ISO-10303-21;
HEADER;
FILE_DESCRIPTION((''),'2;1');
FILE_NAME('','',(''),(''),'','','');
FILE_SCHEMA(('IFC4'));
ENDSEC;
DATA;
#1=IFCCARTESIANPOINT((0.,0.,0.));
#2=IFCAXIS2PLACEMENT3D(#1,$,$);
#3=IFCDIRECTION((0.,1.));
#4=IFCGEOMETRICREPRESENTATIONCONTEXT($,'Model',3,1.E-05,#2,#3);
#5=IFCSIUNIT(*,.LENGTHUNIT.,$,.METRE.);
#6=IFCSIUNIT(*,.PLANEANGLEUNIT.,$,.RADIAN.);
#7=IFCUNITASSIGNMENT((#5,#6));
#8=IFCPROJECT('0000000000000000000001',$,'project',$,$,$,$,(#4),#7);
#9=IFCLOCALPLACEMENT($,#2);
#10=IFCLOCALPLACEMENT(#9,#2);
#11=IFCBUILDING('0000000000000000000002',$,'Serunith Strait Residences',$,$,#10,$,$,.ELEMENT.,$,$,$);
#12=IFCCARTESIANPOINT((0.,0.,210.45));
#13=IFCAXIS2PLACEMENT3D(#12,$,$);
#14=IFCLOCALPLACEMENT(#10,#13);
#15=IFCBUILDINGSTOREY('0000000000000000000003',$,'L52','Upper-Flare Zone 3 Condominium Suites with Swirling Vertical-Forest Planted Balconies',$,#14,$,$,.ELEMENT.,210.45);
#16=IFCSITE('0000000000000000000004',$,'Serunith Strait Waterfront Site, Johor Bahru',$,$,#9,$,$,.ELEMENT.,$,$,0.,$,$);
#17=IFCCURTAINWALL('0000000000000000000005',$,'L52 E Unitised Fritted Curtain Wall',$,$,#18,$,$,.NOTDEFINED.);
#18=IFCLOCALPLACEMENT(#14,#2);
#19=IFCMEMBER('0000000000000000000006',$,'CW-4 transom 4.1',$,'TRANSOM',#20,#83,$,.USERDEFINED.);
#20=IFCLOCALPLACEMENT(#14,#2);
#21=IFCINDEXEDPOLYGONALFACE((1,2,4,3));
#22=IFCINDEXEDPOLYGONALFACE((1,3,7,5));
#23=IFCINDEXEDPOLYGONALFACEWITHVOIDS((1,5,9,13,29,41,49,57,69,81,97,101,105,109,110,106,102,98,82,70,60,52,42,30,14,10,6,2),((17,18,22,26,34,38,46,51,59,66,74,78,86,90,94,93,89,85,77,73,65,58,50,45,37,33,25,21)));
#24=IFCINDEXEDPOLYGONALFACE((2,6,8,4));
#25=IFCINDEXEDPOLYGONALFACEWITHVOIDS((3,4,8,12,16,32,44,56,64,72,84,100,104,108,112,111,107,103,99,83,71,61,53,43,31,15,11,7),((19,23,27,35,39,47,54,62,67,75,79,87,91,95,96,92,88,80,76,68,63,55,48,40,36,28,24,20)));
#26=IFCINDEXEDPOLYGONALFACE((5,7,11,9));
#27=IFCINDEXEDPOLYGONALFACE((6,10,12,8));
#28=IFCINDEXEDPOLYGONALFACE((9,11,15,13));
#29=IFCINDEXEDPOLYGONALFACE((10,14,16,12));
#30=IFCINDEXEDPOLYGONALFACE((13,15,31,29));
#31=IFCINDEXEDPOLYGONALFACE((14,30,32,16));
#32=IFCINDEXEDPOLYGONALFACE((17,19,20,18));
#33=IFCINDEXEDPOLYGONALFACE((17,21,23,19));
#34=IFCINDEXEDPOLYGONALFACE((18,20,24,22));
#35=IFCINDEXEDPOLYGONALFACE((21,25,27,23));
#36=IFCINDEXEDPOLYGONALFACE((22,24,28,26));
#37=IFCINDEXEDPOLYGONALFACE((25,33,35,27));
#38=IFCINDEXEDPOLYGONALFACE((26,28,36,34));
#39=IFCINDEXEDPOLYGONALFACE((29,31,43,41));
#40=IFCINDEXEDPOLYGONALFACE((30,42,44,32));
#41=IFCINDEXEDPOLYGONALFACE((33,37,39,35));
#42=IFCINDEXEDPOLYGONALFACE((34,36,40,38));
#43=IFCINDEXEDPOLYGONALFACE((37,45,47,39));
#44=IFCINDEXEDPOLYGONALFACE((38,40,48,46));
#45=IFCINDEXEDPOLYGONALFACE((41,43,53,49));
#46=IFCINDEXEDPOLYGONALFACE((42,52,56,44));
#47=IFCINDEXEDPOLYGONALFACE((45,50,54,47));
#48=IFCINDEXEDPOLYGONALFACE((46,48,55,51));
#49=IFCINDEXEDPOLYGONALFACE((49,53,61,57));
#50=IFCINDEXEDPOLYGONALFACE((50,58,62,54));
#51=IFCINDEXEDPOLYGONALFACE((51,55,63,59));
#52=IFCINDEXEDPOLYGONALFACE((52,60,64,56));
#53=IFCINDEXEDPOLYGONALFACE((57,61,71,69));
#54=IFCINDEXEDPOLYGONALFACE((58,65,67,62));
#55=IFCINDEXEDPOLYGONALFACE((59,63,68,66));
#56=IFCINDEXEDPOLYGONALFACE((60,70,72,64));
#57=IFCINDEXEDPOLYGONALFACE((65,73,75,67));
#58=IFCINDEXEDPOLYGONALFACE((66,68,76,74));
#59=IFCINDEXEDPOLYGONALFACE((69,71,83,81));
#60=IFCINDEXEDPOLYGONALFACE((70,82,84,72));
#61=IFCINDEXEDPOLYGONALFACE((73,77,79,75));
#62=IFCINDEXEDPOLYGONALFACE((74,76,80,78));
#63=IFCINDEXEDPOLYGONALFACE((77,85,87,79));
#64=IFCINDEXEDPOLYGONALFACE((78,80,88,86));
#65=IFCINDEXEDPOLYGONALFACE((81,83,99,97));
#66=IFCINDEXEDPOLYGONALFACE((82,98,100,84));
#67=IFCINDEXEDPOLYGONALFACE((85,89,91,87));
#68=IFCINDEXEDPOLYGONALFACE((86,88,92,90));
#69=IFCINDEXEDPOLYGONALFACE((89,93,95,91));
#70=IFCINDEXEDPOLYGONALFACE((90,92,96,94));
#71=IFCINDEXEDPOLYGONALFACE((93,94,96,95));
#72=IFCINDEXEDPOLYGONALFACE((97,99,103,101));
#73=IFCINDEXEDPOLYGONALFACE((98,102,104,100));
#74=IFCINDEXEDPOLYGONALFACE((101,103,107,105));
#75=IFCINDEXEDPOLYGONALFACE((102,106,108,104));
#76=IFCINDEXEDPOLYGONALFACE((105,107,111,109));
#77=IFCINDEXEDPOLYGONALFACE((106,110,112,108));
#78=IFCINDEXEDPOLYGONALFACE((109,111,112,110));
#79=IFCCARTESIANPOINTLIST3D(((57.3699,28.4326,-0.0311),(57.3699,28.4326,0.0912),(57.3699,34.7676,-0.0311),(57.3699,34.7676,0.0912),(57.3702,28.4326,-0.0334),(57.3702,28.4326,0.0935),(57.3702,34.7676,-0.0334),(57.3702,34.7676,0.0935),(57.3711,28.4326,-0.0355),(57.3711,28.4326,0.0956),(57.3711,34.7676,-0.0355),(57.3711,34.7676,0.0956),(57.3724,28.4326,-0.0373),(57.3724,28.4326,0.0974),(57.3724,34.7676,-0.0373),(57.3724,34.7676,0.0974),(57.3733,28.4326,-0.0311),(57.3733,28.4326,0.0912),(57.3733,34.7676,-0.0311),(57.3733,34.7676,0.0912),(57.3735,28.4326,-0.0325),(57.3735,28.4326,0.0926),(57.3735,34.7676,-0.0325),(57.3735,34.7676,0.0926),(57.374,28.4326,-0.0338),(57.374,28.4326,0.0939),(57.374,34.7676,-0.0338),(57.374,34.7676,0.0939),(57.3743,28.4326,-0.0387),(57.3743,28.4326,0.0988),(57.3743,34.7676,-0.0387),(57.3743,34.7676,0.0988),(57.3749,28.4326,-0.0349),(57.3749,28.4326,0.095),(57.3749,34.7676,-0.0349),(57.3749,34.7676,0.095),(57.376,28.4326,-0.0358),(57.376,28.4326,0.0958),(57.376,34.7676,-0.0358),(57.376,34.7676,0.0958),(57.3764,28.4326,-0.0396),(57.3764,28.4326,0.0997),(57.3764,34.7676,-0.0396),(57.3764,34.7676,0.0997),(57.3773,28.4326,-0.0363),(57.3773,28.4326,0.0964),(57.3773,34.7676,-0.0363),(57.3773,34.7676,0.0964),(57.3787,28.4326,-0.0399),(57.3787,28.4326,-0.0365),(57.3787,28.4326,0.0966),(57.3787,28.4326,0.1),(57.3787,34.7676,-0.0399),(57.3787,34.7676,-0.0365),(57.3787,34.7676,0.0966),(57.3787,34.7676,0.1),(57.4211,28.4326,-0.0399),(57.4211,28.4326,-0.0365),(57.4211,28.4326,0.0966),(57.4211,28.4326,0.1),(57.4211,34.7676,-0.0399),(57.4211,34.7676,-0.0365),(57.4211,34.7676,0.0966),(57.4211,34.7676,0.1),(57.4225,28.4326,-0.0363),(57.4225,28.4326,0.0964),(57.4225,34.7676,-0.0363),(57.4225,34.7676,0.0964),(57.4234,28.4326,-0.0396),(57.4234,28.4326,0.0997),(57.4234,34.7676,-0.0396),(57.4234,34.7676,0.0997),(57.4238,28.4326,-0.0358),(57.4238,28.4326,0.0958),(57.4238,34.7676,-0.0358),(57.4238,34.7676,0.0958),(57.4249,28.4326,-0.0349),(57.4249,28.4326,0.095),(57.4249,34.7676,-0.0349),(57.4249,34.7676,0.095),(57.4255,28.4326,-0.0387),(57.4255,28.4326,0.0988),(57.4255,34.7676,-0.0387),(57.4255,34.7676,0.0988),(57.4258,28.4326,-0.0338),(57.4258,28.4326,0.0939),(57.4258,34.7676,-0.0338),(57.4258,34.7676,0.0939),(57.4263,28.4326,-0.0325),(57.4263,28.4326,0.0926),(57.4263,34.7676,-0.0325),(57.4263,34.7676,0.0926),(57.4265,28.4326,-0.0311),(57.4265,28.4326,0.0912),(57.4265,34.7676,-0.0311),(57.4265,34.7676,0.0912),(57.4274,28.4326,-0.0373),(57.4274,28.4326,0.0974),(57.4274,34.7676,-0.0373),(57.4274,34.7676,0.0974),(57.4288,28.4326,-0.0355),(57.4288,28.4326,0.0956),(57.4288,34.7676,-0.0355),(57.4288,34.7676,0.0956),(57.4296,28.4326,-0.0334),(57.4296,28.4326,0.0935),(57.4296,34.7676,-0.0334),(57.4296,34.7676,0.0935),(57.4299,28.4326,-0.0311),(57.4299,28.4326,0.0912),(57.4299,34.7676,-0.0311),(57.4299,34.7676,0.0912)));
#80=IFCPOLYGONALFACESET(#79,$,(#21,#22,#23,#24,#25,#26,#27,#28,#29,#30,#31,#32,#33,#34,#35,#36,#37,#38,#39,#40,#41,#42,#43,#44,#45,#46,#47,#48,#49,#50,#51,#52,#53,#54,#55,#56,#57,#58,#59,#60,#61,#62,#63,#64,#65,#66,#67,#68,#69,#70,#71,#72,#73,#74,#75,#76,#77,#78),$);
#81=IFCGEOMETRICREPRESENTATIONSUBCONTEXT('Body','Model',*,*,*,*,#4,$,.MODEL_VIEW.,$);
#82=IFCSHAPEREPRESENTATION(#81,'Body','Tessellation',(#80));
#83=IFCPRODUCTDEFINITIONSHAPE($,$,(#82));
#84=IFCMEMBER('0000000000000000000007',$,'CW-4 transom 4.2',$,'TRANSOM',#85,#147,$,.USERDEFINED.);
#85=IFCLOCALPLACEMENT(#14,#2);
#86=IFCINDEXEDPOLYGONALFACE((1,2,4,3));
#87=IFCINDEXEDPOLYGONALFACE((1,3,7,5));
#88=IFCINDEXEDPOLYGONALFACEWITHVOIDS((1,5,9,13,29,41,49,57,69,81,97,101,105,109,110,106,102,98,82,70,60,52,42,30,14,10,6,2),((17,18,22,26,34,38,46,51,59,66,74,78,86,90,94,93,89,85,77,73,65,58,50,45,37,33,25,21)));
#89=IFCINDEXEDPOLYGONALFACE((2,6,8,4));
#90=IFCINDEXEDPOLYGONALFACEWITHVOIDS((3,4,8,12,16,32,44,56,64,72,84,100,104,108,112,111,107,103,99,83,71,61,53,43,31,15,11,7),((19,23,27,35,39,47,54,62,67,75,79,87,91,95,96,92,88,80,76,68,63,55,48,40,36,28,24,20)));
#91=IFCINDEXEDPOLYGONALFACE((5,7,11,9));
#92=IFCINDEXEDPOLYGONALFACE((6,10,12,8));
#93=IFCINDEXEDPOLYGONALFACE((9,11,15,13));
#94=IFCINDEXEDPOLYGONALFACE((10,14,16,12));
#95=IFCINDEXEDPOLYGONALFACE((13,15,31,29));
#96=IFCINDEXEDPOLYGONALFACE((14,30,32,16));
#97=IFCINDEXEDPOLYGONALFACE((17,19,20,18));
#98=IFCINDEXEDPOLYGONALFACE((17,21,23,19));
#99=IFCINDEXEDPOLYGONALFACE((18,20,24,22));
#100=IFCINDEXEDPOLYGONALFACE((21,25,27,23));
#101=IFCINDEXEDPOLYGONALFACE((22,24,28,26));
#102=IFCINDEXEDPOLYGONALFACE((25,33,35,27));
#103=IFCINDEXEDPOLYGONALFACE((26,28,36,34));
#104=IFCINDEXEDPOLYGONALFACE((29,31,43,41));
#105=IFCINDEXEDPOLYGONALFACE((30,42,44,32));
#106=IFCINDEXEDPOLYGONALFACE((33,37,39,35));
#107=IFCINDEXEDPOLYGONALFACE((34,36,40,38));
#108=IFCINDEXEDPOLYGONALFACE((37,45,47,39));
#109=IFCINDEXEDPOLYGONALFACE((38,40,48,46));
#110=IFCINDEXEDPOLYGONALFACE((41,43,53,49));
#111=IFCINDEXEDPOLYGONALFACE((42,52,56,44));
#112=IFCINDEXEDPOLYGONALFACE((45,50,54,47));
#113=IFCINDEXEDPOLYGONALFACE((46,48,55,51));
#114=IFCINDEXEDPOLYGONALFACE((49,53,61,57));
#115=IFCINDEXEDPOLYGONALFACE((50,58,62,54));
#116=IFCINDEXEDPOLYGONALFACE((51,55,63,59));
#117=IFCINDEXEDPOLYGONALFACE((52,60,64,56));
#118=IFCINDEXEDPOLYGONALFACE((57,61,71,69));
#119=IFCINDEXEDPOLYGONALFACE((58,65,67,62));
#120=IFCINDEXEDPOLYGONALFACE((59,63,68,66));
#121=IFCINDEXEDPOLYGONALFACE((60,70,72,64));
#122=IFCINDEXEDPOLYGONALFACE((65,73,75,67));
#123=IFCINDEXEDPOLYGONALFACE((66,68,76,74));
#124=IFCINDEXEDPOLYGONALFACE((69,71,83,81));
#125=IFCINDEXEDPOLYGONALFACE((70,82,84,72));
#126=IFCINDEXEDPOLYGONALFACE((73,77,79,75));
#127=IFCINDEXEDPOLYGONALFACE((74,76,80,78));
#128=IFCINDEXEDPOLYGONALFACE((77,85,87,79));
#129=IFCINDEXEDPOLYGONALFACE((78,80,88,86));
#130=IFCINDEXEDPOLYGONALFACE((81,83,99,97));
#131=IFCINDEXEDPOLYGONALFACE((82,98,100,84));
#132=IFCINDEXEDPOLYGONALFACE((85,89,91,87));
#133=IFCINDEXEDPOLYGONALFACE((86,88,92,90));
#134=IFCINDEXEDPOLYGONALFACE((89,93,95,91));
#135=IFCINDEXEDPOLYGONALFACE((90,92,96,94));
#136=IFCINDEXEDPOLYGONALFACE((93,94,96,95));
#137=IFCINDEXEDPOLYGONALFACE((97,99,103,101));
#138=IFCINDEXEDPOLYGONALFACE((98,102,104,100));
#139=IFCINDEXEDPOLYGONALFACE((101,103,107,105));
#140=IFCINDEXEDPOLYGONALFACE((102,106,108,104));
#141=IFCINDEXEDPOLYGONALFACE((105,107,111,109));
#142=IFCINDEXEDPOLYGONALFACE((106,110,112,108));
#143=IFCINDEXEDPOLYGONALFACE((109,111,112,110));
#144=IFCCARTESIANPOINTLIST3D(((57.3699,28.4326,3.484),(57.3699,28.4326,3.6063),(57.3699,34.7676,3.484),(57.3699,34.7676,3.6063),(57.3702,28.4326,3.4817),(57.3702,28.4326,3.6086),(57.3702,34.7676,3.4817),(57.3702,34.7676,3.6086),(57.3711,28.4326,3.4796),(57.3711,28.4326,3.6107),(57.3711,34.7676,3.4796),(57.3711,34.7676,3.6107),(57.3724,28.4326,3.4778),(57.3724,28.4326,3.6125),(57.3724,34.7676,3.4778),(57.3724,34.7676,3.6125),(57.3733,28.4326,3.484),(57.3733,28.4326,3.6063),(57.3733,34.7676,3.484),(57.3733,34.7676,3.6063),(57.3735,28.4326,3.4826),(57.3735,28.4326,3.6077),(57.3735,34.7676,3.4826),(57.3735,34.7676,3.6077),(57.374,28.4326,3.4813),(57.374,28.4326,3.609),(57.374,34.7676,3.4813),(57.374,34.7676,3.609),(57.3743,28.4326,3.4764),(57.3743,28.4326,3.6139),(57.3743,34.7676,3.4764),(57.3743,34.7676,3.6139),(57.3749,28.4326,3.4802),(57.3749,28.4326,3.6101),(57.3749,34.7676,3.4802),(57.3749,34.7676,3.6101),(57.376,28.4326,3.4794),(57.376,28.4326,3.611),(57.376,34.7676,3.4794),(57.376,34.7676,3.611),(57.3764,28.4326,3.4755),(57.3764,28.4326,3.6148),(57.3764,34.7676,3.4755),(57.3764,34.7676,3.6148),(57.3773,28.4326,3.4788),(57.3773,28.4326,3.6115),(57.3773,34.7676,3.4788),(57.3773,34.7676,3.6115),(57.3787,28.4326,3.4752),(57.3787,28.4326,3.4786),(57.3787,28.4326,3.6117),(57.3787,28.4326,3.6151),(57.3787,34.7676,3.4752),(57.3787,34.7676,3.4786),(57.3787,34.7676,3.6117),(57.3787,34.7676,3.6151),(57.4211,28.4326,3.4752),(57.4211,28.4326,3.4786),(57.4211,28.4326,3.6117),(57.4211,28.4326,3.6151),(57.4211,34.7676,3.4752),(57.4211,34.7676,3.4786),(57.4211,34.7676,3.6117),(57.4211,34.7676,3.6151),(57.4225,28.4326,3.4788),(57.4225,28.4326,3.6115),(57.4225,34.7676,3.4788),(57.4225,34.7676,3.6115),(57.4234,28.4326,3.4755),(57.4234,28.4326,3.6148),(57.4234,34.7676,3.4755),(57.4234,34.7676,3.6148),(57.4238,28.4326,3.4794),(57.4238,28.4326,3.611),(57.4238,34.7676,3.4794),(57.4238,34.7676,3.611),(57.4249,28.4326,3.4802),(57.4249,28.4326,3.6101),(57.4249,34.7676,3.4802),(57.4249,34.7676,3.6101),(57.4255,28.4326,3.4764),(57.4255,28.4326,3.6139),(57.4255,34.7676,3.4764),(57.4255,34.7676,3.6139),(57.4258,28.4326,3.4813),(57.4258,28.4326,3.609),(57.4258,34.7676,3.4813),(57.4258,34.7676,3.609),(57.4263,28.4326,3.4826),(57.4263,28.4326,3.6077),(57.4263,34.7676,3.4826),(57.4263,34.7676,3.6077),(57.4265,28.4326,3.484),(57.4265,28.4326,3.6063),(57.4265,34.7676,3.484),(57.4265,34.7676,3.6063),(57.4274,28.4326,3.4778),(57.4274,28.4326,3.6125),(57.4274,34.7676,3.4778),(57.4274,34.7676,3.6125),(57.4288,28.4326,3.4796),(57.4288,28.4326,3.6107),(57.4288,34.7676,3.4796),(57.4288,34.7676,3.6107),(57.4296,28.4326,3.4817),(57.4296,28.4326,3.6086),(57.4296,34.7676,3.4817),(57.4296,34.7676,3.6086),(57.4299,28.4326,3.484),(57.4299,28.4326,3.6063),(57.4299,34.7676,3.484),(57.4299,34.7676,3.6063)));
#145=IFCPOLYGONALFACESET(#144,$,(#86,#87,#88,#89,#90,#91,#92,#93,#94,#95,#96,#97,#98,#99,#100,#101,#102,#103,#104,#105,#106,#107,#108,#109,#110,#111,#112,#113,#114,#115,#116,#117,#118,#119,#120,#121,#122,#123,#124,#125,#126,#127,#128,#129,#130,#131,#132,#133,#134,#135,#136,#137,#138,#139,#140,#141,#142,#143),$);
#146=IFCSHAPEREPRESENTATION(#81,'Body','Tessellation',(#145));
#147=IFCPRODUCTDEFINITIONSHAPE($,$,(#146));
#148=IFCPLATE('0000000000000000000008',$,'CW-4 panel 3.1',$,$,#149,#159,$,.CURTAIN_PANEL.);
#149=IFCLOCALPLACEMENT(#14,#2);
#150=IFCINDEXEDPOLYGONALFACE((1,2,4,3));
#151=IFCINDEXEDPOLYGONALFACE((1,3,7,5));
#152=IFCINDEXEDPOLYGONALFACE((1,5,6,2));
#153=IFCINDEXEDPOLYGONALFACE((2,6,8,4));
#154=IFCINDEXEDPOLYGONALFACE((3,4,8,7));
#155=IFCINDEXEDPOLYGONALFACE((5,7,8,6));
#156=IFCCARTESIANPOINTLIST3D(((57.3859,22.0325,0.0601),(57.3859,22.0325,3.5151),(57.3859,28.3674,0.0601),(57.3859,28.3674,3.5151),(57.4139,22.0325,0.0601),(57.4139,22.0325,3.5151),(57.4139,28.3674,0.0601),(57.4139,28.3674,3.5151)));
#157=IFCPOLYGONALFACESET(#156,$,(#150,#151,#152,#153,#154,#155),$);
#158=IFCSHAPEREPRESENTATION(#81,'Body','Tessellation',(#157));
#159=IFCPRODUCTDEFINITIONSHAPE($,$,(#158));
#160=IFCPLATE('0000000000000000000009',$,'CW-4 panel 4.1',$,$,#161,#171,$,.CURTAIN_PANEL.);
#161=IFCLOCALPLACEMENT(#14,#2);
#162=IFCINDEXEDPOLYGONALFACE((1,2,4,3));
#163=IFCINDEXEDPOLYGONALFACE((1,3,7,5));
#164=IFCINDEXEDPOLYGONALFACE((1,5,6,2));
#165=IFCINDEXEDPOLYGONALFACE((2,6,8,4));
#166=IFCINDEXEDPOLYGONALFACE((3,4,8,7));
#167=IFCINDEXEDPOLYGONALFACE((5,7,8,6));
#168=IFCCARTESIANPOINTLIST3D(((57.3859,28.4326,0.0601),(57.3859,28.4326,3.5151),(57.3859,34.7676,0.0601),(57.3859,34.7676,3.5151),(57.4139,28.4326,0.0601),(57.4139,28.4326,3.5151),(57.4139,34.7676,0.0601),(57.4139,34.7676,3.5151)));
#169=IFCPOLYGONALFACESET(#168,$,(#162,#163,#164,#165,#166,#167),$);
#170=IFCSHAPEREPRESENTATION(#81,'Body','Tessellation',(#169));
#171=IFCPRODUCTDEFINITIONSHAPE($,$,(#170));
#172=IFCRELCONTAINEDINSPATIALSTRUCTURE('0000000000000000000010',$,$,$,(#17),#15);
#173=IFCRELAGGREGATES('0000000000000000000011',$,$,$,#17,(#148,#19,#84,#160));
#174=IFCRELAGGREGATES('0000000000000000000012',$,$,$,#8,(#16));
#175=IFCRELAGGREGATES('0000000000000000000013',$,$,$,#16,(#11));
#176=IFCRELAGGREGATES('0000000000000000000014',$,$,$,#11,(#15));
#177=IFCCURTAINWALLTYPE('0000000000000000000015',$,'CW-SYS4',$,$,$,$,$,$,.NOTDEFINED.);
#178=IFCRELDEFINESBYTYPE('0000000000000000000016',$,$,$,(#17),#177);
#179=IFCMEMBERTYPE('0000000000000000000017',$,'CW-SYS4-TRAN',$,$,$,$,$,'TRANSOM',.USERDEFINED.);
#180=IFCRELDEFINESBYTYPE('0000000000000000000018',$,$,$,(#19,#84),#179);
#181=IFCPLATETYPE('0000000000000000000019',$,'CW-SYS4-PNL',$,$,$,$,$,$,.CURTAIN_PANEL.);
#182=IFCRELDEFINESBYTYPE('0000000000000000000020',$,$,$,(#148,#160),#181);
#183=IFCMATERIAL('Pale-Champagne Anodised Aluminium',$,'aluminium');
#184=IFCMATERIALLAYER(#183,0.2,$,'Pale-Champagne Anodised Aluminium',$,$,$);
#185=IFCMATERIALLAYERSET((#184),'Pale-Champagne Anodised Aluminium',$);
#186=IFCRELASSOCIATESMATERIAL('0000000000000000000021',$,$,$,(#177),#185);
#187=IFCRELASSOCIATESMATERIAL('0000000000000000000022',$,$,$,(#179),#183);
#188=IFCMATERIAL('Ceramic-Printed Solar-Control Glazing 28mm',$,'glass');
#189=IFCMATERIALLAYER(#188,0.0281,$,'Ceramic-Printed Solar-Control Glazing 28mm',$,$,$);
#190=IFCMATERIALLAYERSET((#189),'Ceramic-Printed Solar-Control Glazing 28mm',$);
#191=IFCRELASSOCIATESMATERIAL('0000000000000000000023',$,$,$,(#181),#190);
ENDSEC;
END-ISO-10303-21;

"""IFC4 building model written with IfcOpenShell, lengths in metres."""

from ifc_helpers import new_model, si_unit, direction, frame, origin, origin_2d, place, context, subcontext, project, spatial, rectangle, hollow_rectangle, extrude, source, transform, mapped, material, layer, layer_set, material_profile, profile_set, type_object, element, aggregate, save


model = new_model("IFC4")

# Units and contexts
model_context = context("Model", 3, precision=1e-05, world=origin(), true_north=direction((0.0, 1.0)))
body_context = subcontext(model_context, "Body", "Model", "MODEL_VIEW")
ifc_project = project(units=[si_unit("LENGTHUNIT", "METRE"), si_unit("PLANEANGLEUNIT", "RADIAN")], contexts=[model_context])

# Site, building, storey
site_placement = place(None, origin())
site = spatial("IfcSite", under=ifc_project, at=site_placement, Name="Serunith Strait Waterfront Site, Johor Bahru", CompositionType="ELEMENT", RefElevation=0.0)
building_placement = place(site_placement, origin())
building = spatial("IfcBuilding", under=site, at=building_placement, Name="Serunith Strait Residences", CompositionType="ELEMENT")
storey_placement = place(building_placement, frame((0.0, 0.0, 210.45)))
storey = spatial("IfcBuildingStorey", under=building, at=storey_placement, Name="L52", Description="Upper-Flare Zone 3 Condominium Suites with Swirling Vertical-Forest Planted Balconies", CompositionType="ELEMENT", Elevation=210.45)

# Curtain wall, members, plates
ifc_material_1 = material(Name="Pale-Champagne Anodised Aluminium", Category="aluminium")
ifc_layer_1 = layer(ifc_material_1, 0.2, Name="Pale-Champagne Anodised Aluminium")
ifc_layer_set_1 = layer_set([ifc_layer_1], Name="Pale-Champagne Anodised Aluminium")
curtain_wall_type = type_object("IfcCurtainWallType", Name="CW-SYS4", PredefinedType="NOTDEFINED", material=ifc_layer_set_1)
curtain_wall_placement = place(storey_placement, origin())
curtain_wall = element("IfcCurtainWall", 1, at=curtain_wall_placement, inside=storey, type_object=curtain_wall_type, Name="L52 E Unitised Fritted Curtain Wall", PredefinedType="NOTDEFINED")
ifc_material_profile_1 = material_profile(ifc_material_1, hollow_rectangle(XDim=0.0601, YDim=0.1399, WallThickness=0.0034, InnerFilletRadius=0.0054, OuterFilletRadius=0.0088, at=origin_2d()), Name="ALU 140x60x3.5")
ifc_profile_set_1 = profile_set([ifc_material_profile_1], Name="Pale-Champagne Anodised Aluminium")
member_type_1 = type_object("IfcMemberType", Name="CW-SYS4-TRAN", ElementType="TRANSOM", PredefinedType="USERDEFINED", material=ifc_profile_set_1)
shared_shape_1 = source(origin(), body_context, "Body", "SweptSolid", [
    extrude(hollow_rectangle(XDim=0.0601, YDim=0.1399, WallThickness=0.0034, InnerFilletRadius=0.0054, OuterFilletRadius=0.0088, at=origin_2d()), origin(), (0.0, 0.0, 1.0), 6.335),
])
member_1_placement = place(storey_placement, frame((57.3999, 28.4326, 0.03), z_axis=(0.0, 1.0, 0.0), x_axis=(-1.0, 0.0, 0.0)))
member_1 = element("IfcMember", 2, at=member_1_placement, type_object=member_type_1, Name="CW-4 transom 4.1", ObjectType="TRANSOM", PredefinedType="USERDEFINED", context=body_context, shape_type="MappedRepresentation", body=[
    mapped(shared_shape_1, transform((0.0, 0.0, 0.0), scale=1.0)),
])
member_2_placement = place(storey_placement, frame((57.3999, 28.4326, 3.5452), z_axis=(0.0, 1.0, 0.0), x_axis=(-1.0, 0.0, 0.0)))
member_2 = element("IfcMember", 3, at=member_2_placement, type_object=member_type_1, Name="CW-4 transom 4.2", ObjectType="TRANSOM", PredefinedType="USERDEFINED", context=body_context, shape_type="MappedRepresentation", body=[
    mapped(shared_shape_1, transform((0.0, 0.0, 0.0), scale=1.0)),
])
ifc_material_2 = material(Name="Ceramic-Printed Solar-Control Glazing 28mm", Category="glass")
ifc_layer_2 = layer(ifc_material_2, 0.0281, Name="Ceramic-Printed Solar-Control Glazing 28mm")
ifc_layer_set_2 = layer_set([ifc_layer_2], Name="Ceramic-Printed Solar-Control Glazing 28mm")
plate_type = type_object("IfcPlateType", Name="CW-SYS4-PNL", PredefinedType="CURTAIN_PANEL", material=ifc_layer_set_2)
shared_shape_2 = source(origin(), body_context, "Body", "SweptSolid", [
    extrude(rectangle(XDim=6.335, YDim=0.0281, at=origin_2d()), origin(), (0.0, 0.0, 1.0), 3.4551),
])
plate_1_placement = place(storey_placement, frame((57.3999, 25.2, 0.0601), z_axis=(0.0, 0.0, 1.0), x_axis=(0.0, 1.0, 0.0)))
plate_1 = element("IfcPlate", 4, at=plate_1_placement, type_object=plate_type, Name="CW-4 panel 3.1", PredefinedType="CURTAIN_PANEL", context=body_context, shape_type="MappedRepresentation", body=[
    mapped(shared_shape_2, transform((0.0, 0.0, 0.0), scale=1.0)),
])
plate_2_placement = place(storey_placement, frame((57.3999, 31.6001, 0.0601), z_axis=(0.0, 0.0, 1.0), x_axis=(0.0, 1.0, 0.0)))
plate_2 = element("IfcPlate", 5, at=plate_2_placement, type_object=plate_type, Name="CW-4 panel 4.1", PredefinedType="CURTAIN_PANEL", context=body_context, shape_type="MappedRepresentation", body=[
    mapped(shared_shape_2, transform((0.0, 0.0, 0.0), scale=1.0)),
])
aggregate(curtain_wall, [plate_1, member_1, member_2, plate_2])

save(model, "model.ifc")
